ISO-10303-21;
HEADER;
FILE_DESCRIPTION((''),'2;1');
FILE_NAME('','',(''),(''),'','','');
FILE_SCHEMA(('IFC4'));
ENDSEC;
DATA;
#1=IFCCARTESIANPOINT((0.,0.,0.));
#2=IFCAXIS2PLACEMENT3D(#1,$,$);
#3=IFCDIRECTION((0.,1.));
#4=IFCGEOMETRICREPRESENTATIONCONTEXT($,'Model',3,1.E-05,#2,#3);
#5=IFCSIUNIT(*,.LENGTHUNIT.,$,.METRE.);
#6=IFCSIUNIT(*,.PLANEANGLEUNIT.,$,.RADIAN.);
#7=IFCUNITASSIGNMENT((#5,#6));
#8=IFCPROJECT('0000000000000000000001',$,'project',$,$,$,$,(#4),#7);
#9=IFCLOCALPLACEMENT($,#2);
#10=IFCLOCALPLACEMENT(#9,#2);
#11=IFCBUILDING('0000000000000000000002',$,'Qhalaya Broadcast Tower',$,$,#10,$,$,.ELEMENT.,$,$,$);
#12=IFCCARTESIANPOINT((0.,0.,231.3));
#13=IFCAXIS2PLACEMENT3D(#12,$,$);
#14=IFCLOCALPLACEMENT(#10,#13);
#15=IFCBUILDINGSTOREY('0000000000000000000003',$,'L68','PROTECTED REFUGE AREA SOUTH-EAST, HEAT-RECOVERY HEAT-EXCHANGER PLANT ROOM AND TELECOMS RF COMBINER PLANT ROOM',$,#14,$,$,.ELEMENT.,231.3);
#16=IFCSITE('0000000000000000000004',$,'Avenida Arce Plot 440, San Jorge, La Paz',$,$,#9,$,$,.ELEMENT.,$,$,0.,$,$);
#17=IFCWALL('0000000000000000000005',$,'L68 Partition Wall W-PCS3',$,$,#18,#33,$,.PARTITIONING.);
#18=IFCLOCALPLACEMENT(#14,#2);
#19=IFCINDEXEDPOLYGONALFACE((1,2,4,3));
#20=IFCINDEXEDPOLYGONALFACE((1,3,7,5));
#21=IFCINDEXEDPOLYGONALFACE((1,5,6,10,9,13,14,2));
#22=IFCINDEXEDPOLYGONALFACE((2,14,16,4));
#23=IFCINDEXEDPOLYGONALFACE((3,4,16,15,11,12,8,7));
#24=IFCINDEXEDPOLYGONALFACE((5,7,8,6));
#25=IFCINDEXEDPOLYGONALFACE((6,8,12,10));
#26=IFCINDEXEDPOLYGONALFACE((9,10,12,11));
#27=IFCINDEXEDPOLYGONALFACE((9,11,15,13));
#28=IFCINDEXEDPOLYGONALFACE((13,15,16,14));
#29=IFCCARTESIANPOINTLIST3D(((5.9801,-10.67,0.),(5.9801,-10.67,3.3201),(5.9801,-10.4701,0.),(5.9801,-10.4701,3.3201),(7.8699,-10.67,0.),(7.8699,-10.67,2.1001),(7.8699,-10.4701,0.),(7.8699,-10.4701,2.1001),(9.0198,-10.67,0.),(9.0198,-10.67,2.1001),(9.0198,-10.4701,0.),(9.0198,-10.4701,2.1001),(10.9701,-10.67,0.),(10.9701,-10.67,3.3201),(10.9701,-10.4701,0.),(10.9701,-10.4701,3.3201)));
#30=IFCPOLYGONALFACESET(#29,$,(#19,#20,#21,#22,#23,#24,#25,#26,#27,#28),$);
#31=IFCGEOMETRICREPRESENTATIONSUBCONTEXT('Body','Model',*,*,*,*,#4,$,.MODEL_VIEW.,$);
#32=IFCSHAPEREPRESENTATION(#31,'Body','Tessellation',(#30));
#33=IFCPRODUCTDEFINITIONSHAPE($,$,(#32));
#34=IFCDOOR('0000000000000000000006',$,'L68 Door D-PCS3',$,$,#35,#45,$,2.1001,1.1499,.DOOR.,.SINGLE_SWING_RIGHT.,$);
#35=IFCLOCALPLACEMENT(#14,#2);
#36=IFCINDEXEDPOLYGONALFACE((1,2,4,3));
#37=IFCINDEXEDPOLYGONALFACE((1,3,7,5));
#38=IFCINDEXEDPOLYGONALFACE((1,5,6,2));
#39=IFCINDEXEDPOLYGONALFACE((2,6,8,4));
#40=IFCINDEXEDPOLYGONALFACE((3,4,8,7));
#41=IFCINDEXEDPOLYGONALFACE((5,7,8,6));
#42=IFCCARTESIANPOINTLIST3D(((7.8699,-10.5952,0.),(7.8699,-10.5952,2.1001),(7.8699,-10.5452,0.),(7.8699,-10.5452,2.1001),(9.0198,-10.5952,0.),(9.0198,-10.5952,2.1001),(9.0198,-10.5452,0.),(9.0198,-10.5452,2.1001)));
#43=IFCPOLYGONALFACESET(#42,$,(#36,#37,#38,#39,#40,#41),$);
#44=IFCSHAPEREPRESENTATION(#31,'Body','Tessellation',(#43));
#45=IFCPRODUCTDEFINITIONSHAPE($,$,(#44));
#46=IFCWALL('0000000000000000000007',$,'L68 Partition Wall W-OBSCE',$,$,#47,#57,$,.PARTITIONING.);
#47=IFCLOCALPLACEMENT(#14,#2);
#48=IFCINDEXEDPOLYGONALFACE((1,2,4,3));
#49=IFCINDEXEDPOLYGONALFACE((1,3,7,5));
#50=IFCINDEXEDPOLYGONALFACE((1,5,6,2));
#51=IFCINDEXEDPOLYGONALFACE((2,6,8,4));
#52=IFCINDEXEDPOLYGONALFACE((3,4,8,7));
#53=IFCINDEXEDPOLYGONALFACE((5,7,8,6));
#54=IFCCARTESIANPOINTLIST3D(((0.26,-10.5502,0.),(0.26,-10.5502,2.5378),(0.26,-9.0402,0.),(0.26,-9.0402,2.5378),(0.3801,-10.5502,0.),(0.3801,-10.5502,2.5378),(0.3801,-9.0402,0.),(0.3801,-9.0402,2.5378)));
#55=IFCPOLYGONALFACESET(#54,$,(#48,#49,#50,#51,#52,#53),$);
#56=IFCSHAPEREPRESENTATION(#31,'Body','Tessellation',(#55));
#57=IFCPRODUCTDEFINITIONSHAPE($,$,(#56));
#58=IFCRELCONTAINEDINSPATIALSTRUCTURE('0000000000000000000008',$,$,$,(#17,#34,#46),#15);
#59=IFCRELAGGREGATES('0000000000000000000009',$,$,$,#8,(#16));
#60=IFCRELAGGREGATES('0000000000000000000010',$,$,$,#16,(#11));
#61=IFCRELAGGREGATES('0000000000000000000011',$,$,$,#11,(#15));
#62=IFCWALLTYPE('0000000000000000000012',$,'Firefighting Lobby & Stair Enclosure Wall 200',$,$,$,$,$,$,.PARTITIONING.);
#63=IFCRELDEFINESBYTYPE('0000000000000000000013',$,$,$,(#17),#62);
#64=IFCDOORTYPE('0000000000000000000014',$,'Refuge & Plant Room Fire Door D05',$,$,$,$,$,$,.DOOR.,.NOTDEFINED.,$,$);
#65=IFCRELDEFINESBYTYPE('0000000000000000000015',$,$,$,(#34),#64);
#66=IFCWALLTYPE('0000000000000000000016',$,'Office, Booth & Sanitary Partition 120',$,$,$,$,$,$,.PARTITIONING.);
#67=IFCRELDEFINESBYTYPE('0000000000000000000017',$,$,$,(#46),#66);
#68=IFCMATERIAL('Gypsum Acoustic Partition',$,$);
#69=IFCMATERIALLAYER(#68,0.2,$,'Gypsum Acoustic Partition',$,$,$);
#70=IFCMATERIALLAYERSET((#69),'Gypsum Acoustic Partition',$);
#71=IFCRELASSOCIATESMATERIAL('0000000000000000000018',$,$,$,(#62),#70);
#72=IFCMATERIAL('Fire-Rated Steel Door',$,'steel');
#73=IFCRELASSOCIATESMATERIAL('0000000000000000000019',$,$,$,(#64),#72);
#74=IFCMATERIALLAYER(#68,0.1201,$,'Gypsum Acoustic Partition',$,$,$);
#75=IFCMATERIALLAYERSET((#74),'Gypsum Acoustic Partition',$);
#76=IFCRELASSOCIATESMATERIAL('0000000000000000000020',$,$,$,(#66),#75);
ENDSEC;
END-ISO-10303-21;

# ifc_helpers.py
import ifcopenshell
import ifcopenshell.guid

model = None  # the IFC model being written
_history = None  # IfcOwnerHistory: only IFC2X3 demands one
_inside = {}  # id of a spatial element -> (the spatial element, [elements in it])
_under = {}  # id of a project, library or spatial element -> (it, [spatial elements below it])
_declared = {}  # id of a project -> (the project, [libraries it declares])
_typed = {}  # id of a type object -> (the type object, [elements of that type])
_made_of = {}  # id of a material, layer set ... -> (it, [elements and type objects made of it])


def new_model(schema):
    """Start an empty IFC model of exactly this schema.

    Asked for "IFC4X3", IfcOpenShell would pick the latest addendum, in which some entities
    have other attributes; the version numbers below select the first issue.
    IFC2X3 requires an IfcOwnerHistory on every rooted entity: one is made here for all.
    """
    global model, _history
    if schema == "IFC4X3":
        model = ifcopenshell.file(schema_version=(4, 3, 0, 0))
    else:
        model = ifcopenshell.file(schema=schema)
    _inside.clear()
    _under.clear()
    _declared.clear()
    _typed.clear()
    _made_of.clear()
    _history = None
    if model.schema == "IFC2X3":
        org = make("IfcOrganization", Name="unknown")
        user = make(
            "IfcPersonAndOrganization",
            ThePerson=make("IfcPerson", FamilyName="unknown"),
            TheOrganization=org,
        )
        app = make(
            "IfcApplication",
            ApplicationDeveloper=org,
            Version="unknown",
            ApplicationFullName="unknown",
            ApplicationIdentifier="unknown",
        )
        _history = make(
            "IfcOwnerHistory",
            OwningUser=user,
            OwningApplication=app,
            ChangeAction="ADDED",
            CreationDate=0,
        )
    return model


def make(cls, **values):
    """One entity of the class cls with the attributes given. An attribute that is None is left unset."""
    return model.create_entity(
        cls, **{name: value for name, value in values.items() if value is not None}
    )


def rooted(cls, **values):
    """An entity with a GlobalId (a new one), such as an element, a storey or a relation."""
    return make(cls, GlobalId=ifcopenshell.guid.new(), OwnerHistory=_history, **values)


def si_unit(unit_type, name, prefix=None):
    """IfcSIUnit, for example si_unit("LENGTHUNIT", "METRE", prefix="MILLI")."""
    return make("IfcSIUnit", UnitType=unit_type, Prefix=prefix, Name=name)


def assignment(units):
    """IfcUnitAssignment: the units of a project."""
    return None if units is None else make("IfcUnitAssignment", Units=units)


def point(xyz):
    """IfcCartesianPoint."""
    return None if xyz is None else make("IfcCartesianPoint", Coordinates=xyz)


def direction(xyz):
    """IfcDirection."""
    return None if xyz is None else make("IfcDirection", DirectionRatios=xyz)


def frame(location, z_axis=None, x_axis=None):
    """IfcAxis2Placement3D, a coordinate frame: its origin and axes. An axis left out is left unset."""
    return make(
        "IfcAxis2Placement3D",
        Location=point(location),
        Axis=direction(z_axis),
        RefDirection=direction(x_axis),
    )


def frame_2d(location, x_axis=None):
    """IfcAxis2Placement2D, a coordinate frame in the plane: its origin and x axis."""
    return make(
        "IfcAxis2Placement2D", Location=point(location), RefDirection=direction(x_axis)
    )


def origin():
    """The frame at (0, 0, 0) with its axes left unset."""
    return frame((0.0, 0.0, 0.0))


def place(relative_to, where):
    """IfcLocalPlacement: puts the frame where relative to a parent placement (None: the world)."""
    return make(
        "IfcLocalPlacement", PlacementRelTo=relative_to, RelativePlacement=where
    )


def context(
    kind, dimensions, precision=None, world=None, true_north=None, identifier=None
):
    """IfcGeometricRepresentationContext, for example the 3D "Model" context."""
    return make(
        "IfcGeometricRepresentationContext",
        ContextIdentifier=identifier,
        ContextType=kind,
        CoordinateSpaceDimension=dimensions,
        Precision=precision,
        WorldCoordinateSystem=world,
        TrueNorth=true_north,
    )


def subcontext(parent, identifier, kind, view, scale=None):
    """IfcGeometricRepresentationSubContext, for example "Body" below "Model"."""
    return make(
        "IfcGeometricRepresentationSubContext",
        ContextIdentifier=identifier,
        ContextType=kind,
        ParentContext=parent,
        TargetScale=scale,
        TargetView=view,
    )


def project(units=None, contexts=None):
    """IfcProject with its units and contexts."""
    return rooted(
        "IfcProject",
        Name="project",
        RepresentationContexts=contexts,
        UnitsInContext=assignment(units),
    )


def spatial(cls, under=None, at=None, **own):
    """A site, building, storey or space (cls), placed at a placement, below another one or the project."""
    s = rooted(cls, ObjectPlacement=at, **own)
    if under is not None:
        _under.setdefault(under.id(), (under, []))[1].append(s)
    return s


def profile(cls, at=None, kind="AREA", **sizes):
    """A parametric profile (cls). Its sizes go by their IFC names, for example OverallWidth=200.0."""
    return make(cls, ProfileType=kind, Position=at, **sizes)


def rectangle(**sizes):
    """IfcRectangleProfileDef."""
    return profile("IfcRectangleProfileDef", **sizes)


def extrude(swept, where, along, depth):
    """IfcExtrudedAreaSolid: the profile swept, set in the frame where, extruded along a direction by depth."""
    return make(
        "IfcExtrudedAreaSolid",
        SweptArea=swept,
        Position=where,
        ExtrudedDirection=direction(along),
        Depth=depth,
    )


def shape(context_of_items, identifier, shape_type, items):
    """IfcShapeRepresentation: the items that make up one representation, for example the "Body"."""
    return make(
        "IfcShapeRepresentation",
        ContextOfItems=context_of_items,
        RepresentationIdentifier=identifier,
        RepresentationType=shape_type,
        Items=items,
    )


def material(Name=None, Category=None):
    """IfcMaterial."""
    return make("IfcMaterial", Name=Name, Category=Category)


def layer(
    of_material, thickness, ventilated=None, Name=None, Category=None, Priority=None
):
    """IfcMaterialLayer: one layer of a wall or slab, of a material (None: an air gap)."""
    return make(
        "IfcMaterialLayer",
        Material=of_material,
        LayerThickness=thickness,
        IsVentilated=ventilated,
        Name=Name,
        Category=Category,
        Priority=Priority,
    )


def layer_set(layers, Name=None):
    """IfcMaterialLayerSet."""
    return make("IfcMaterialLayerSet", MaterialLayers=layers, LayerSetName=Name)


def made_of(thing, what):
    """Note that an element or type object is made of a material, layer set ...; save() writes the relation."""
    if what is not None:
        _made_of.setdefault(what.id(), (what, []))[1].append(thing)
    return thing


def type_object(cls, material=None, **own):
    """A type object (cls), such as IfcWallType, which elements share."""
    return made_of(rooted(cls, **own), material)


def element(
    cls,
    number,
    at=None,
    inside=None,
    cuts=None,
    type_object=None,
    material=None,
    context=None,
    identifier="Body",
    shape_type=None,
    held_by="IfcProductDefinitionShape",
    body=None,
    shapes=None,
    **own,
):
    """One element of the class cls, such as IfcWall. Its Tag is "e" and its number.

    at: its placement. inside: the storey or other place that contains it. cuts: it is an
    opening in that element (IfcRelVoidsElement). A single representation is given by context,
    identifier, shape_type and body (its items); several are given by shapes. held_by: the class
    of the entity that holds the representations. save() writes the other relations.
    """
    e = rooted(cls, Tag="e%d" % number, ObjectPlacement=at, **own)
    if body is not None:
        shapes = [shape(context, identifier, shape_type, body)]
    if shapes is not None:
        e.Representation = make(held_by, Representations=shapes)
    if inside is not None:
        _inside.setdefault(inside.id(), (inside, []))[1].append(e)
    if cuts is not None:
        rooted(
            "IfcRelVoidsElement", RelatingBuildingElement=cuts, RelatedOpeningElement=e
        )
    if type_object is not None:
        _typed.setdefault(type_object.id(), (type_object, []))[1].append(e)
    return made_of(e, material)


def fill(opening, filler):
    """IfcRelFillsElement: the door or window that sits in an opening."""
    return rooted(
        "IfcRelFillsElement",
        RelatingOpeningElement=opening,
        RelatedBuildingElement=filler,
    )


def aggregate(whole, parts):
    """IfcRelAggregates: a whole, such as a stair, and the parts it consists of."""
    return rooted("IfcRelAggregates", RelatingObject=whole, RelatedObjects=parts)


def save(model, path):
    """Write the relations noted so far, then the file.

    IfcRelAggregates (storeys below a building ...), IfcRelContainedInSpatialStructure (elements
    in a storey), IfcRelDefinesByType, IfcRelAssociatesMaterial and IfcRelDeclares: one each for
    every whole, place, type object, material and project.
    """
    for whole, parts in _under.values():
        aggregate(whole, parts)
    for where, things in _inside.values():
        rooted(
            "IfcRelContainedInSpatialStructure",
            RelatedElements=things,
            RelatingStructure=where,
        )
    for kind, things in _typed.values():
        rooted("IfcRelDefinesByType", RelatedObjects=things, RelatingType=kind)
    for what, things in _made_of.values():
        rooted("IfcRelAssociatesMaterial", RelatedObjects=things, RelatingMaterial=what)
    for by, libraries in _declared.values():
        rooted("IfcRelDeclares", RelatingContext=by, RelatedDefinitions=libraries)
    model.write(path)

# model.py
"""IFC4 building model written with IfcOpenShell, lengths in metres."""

from ifc_helpers import new_model, si_unit, direction, frame, frame_2d, origin, place, context, subcontext, project, spatial, rectangle, extrude, material, layer, layer_set, type_object, element, fill, save


model = new_model("IFC4")

# Units and contexts
model_context = context("Model", 3, precision=1e-05, world=origin(), true_north=direction((0.0, 1.0)))
body_context = subcontext(model_context, "Body", "Model", "MODEL_VIEW")
ifc_project = project(units=[si_unit("LENGTHUNIT", "METRE"), si_unit("PLANEANGLEUNIT", "RADIAN")], contexts=[model_context])

# Site, building, storey
site_placement = place(None, origin())
site = spatial("IfcSite", under=ifc_project, at=site_placement, Name="Avenida Arce Plot 440, San Jorge, La Paz", CompositionType="ELEMENT", RefElevation=0.0)
building_placement = place(site_placement, origin())
building = spatial("IfcBuilding", under=site, at=building_placement, Name="Qhalaya Broadcast Tower", CompositionType="ELEMENT")
storey_placement = place(building_placement, frame((0.0, 0.0, 231.3)))
storey = spatial("IfcBuildingStorey", under=building, at=storey_placement, Name="L68", Description="PROTECTED REFUGE AREA SOUTH-EAST, HEAT-RECOVERY HEAT-EXCHANGER PLANT ROOM AND TELECOMS RF COMBINER PLANT ROOM", CompositionType="ELEMENT", Elevation=231.3)

# Shared definitions
ifc_material_1 = material(Name="Gypsum Acoustic Partition")
ifc_layer_1 = layer(ifc_material_1, 0.2, Name="Gypsum Acoustic Partition")
ifc_layer_set_1 = layer_set([ifc_layer_1], Name="Gypsum Acoustic Partition")
wall_type_1 = type_object("IfcWallType", Name="Firefighting Lobby & Stair Enclosure Wall 200", PredefinedType="PARTITIONING", material=ifc_layer_set_1)

# Shared definitions
ifc_material_2 = material(Name="Fire-Rated Steel Door", Category="steel")
door_type = type_object("IfcDoorType", Name="Refuge & Plant Room Fire Door D05", OperationType="NOTDEFINED", PredefinedType="DOOR", material=ifc_material_2)

# Wall, opening, door
wall_1_placement = place(storey_placement, frame((5.98, -10.5701, 0.0), z_axis=(0.0, 0.0, 1.0), x_axis=(1.0, 0.0, 0.0)))
wall_1 = element("IfcWall", 1, at=wall_1_placement, inside=storey, type_object=wall_type_1, Name="L68 Partition Wall W-PCS3", PredefinedType="PARTITIONING", context=body_context, shape_type="SweptSolid", body=[
    extrude(rectangle(XDim=4.99, YDim=0.2, at=frame_2d((2.4951, 0.0))), origin(), (0.0, 0.0, 1.0), 3.3201),
])
opening_1_placement = place(wall_1_placement, frame((1.8899, 0.0, 0.0)))
opening_1 = element("IfcOpeningElement", 2, at=opening_1_placement, cuts=wall_1, PredefinedType="OPENING", context=body_context, shape_type="SweptSolid", body=[
    extrude(rectangle(XDim=1.1499, YDim=2.1001, at=frame_2d((0.575, 1.05))), frame((0.0, 0.1121, 0.0), z_axis=(0.0, -1.0, 0.0), x_axis=(1.0, 0.0, 0.0)), (0.0, 0.0, 1.0), 0.2239),
])
door_1_placement = place(opening_1_placement, origin())
door_1 = element("IfcDoor", 3, at=door_1_placement, inside=storey, type_object=door_type, Name="L68 Door D-PCS3", OperationType="SINGLE_SWING_RIGHT", OverallHeight=2.1001, OverallWidth=1.1499, PredefinedType="DOOR", context=body_context, shape_type="SweptSolid", body=[
    extrude(rectangle(XDim=1.1499, YDim=2.1001, at=frame_2d((0.575, 1.05))), frame((0.0, 0.0249, 0.0), z_axis=(0.0, -1.0, 0.0), x_axis=(1.0, 0.0, 0.0)), (0.0, 0.0, 1.0), 0.05),
])
fill(opening_1, door_1)

# Wall
ifc_layer_2 = layer(ifc_material_1, 0.1201, Name="Gypsum Acoustic Partition")
ifc_layer_set_2 = layer_set([ifc_layer_2], Name="Gypsum Acoustic Partition")
wall_type_2 = type_object("IfcWallType", Name="Office, Booth & Sanitary Partition 120", PredefinedType="PARTITIONING", material=ifc_layer_set_2)
wall_2_placement = place(storey_placement, frame((0.3201, -10.55, 0.0), z_axis=(0.0, 0.0, 1.0), x_axis=(0.0, 1.0, 0.0)))
element("IfcWall", 4, at=wall_2_placement, inside=storey, type_object=wall_type_2, Name="L68 Partition Wall W-OBSCE", PredefinedType="PARTITIONING", context=body_context, shape_type="SweptSolid", body=[
    extrude(rectangle(XDim=1.51, YDim=0.1201, at=frame_2d((0.7549, 0.0))), origin(), (0.0, 0.0, 1.0), 2.5378),
])

save(model, "model.ifc")
